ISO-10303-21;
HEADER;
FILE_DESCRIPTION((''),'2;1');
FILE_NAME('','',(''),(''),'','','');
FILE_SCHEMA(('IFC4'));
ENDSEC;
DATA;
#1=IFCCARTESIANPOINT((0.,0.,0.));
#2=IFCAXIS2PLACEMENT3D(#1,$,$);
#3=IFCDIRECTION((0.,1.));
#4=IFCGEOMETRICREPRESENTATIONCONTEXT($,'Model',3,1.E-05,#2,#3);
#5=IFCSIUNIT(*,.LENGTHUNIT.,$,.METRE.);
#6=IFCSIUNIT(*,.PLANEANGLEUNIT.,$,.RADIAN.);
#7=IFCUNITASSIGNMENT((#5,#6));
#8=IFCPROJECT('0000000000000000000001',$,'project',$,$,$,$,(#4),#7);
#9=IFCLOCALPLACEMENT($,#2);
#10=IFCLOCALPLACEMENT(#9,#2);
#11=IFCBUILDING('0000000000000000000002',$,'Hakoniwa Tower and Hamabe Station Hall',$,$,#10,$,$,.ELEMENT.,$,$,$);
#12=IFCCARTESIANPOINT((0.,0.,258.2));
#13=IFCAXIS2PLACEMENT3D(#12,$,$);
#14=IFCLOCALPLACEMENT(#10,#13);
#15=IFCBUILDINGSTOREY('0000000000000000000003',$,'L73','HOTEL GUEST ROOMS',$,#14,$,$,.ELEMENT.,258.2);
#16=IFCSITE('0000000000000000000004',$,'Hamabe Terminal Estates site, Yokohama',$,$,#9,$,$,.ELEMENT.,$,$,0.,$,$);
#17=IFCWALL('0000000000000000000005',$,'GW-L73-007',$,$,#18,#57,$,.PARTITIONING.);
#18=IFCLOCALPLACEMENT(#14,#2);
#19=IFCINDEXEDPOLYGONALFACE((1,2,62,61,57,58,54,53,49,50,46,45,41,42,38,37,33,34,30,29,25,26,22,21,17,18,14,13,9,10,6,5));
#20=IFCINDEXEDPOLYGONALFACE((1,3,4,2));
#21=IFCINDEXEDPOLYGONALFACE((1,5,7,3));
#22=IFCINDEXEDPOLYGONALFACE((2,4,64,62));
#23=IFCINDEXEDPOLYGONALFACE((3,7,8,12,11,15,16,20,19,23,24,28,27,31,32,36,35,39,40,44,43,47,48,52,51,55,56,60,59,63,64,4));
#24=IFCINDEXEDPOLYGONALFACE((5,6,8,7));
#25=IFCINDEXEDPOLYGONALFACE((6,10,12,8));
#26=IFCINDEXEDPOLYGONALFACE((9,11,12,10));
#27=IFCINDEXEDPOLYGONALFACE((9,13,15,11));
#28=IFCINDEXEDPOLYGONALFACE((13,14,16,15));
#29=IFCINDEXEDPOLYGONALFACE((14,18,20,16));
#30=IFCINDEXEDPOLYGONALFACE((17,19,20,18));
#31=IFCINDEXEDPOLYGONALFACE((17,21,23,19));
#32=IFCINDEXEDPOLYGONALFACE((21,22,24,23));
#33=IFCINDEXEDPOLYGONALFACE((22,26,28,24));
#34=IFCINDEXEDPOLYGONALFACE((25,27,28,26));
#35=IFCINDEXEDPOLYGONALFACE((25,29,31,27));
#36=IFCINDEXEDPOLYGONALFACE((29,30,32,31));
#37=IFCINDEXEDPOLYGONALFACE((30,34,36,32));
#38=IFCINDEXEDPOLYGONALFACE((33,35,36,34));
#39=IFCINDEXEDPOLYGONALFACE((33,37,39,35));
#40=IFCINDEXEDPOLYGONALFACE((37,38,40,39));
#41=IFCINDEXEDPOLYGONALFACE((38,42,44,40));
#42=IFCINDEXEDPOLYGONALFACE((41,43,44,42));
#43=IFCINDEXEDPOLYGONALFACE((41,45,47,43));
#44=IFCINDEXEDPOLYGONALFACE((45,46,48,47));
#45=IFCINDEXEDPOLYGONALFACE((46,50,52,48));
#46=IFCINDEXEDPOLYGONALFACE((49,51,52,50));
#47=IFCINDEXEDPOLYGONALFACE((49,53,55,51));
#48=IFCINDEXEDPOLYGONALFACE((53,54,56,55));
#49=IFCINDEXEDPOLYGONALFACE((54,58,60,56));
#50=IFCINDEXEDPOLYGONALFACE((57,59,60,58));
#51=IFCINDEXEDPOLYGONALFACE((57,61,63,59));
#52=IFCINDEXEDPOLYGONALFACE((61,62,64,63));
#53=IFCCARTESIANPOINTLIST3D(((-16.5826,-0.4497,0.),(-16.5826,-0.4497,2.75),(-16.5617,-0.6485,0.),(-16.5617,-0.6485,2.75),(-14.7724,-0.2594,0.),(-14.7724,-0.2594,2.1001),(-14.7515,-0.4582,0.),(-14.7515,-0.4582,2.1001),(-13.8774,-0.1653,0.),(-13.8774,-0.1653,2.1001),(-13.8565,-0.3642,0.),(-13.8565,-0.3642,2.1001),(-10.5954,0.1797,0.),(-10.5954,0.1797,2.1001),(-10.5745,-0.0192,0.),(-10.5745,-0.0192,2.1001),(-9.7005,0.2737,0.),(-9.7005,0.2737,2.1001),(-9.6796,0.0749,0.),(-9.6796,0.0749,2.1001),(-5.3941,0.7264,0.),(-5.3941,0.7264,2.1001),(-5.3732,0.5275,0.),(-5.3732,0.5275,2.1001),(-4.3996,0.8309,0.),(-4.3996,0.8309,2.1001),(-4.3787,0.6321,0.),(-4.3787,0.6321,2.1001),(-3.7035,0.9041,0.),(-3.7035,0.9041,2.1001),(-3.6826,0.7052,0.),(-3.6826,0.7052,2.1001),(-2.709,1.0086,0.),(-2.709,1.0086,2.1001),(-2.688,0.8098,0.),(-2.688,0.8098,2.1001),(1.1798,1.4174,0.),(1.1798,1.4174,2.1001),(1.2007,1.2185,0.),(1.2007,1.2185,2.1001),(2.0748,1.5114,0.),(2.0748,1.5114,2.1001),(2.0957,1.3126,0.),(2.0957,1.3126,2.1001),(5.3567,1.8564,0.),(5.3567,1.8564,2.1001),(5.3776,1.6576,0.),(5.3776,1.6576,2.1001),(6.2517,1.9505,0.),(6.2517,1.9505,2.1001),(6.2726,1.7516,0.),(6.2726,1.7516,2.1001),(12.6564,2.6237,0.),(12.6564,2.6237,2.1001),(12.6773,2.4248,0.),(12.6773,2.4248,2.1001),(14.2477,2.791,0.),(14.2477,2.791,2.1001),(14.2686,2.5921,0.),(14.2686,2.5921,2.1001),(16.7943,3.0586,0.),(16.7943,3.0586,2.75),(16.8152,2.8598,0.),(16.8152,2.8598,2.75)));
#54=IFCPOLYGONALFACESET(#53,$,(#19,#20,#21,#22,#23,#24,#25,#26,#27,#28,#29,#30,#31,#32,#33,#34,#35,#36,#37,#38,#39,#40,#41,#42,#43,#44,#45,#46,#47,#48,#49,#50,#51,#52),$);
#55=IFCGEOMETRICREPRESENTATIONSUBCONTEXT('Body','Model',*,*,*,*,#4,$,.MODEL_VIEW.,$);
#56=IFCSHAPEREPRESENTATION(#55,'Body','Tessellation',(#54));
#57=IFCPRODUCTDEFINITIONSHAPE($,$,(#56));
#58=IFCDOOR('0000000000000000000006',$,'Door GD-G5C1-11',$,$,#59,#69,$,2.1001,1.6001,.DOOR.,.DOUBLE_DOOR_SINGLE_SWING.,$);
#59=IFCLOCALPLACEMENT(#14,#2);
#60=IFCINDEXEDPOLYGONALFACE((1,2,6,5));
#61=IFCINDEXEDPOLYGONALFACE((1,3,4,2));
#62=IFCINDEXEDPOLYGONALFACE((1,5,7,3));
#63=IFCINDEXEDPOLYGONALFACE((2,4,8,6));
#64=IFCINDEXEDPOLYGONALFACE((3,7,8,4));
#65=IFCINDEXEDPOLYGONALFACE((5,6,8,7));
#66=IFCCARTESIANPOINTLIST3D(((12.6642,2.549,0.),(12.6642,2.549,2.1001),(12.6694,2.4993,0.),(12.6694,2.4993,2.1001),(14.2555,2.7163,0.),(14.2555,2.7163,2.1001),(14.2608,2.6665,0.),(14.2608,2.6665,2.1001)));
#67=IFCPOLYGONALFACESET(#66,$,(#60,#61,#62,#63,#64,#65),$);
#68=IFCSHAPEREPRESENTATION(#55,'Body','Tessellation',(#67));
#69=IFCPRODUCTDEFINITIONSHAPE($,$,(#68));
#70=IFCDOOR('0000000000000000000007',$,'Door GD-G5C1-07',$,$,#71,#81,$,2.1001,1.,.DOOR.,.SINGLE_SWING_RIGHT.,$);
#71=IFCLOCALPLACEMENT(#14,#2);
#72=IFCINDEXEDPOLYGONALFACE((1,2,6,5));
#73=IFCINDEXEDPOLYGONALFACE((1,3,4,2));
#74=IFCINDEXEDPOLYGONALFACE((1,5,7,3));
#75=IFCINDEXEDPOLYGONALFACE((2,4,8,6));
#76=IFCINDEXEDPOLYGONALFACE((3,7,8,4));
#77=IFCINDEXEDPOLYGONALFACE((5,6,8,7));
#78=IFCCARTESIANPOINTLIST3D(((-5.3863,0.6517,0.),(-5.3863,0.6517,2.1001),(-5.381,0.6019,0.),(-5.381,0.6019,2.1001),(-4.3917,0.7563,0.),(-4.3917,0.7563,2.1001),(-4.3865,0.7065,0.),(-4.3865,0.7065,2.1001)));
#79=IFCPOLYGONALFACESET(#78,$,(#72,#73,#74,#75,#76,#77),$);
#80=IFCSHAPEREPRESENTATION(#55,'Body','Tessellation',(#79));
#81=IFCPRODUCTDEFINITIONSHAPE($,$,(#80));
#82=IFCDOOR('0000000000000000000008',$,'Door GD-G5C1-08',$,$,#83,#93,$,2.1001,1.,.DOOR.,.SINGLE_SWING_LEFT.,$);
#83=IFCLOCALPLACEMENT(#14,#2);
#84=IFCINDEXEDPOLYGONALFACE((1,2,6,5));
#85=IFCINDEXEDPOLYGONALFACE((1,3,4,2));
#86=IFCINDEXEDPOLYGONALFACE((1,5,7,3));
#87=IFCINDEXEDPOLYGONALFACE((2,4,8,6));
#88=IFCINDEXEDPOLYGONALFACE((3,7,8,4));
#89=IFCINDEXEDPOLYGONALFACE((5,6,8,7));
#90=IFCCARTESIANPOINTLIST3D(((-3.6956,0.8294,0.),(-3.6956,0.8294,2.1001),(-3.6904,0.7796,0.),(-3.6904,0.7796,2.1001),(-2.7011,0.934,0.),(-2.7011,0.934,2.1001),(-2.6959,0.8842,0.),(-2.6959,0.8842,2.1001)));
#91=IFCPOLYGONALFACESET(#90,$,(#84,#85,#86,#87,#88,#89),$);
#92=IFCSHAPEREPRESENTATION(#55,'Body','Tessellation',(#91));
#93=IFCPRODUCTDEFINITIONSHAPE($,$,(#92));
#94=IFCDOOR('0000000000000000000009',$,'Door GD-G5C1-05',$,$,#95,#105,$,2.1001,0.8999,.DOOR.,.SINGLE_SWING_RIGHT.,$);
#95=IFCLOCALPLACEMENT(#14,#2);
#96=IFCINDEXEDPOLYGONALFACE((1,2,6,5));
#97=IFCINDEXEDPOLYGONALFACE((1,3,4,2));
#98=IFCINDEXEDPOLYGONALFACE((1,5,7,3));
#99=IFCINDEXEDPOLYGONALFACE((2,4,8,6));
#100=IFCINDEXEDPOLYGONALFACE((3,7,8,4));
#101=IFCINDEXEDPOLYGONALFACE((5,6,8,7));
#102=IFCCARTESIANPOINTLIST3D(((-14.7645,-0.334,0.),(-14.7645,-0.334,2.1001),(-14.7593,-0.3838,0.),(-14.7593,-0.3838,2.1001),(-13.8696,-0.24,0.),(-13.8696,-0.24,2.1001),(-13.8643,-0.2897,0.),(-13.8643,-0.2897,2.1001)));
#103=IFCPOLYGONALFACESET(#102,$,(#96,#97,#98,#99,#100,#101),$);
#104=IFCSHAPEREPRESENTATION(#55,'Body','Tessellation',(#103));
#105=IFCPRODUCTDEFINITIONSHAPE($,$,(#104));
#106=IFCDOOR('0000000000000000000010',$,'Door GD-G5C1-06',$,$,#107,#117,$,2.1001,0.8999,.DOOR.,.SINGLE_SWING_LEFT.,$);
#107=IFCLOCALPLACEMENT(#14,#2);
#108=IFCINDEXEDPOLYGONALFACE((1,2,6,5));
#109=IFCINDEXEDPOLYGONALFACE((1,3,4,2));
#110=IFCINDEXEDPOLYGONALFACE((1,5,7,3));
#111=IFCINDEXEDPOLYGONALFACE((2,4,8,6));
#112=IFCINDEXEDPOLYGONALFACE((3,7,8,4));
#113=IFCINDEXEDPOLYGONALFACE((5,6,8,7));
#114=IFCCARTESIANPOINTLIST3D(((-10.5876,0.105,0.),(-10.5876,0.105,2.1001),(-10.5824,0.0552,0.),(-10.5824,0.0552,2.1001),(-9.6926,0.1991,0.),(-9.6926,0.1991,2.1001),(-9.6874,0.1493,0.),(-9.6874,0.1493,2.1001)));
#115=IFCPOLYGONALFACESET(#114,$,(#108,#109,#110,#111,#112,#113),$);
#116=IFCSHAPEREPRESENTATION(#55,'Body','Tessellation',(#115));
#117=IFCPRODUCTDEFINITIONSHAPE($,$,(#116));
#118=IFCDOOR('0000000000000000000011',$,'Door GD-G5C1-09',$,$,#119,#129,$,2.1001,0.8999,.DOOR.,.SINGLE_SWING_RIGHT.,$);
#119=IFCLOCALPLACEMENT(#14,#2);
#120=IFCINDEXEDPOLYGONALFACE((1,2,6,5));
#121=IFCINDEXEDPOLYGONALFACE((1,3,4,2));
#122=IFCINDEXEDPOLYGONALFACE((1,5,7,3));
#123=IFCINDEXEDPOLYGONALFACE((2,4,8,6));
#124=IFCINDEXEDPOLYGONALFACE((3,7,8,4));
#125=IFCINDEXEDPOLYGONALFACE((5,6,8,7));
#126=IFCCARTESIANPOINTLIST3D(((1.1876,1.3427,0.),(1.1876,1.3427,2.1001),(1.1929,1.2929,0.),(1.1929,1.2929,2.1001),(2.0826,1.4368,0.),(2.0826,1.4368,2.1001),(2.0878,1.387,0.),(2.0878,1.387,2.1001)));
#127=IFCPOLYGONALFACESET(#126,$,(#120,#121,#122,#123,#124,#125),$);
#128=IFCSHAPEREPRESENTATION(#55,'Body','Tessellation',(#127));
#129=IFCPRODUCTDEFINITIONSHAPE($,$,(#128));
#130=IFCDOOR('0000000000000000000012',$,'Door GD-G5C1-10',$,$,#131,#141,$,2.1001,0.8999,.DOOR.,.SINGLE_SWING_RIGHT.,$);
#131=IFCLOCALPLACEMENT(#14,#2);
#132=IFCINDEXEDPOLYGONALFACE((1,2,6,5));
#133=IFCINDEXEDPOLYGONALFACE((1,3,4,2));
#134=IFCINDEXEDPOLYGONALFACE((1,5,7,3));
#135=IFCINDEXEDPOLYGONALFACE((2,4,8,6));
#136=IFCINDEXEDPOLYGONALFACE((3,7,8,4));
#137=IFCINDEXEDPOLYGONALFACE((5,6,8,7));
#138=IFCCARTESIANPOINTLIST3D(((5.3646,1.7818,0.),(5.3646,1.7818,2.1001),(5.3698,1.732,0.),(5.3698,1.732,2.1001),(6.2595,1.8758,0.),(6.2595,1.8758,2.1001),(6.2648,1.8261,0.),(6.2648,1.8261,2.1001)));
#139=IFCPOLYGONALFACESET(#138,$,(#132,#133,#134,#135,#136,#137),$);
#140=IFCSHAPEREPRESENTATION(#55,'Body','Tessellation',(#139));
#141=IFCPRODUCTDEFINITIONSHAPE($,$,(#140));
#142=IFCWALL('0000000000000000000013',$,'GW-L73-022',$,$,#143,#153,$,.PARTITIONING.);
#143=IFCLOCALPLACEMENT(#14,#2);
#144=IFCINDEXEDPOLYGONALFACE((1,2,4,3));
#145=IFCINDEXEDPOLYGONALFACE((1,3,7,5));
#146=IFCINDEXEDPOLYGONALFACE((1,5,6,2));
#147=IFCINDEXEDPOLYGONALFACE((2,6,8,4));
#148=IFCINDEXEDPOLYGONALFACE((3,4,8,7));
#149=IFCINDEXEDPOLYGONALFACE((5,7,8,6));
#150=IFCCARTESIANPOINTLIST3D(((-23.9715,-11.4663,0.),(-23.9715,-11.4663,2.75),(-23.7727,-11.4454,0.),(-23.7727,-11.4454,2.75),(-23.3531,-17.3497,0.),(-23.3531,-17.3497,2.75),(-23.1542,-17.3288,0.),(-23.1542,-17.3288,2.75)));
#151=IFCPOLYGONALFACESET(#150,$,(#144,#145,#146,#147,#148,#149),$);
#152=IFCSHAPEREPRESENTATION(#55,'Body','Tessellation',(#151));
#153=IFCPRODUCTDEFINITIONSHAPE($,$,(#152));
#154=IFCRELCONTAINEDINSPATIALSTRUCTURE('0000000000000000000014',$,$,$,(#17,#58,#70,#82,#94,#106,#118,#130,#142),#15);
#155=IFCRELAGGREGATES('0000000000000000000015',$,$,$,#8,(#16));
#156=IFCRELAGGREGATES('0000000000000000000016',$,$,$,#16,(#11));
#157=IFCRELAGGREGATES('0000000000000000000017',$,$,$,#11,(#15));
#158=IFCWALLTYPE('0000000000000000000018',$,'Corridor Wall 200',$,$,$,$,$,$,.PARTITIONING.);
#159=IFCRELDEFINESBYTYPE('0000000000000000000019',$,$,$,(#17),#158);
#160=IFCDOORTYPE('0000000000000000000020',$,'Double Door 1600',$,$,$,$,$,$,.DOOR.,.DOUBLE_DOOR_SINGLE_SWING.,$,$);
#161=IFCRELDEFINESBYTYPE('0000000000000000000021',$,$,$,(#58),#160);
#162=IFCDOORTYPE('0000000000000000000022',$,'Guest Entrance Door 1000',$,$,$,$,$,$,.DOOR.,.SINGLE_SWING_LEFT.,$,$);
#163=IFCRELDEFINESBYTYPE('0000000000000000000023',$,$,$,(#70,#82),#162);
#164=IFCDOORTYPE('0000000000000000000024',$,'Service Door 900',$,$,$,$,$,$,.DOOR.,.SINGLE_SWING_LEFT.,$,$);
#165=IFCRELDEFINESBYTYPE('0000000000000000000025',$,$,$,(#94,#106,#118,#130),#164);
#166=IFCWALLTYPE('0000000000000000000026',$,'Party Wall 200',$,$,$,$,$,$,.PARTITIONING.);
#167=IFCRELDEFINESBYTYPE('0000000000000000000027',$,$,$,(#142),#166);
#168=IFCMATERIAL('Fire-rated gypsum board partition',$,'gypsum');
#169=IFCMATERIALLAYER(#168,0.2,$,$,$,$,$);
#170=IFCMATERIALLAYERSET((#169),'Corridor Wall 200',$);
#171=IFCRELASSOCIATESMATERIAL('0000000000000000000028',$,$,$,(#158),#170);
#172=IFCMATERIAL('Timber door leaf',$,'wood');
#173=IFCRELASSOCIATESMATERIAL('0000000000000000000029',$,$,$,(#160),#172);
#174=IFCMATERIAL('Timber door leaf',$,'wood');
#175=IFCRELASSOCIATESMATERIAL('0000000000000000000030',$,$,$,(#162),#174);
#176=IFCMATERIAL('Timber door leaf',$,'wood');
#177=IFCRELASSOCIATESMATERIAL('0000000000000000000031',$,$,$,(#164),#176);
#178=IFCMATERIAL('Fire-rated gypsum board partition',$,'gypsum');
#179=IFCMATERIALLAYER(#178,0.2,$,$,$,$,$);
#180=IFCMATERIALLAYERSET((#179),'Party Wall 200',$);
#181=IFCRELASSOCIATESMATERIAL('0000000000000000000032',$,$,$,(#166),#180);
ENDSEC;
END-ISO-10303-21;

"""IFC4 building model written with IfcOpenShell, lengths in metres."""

from ifc_helpers import new_model, si_unit, direction, frame, frame_2d, origin, place, context, subcontext, project, spatial, rectangle, extrude, material, layer, layer_set, type_object, element, fill, save


model = new_model("IFC4")

# Units and contexts
model_context = context("Model", 3, precision=1e-05, world=origin(), true_north=direction((0.0, 1.0)))
body_context = subcontext(model_context, "Body", "Model", "MODEL_VIEW")
ifc_project = project(units=[si_unit("LENGTHUNIT", "METRE"), si_unit("PLANEANGLEUNIT", "RADIAN")], contexts=[model_context])

# Site, building, storey
site_placement = place(None, origin())
site = spatial("IfcSite", under=ifc_project, at=site_placement, Name="Hamabe Terminal Estates site, Yokohama", CompositionType="ELEMENT", RefElevation=0.0)
building_placement = place(site_placement, origin())
building = spatial("IfcBuilding", under=site, at=building_placement, Name="Hakoniwa Tower and Hamabe Station Hall", CompositionType="ELEMENT")
storey_placement = place(building_placement, frame((0.0, 0.0, 258.2)))
storey = spatial("IfcBuildingStorey", under=building, at=storey_placement, Name="L73", Description="HOTEL GUEST ROOMS", CompositionType="ELEMENT", Elevation=258.2)

# Wall, openings, doors
ifc_material_1 = material(Name="Fire-rated gypsum board partition", Category="gypsum")
ifc_layer_1 = layer(ifc_material_1, 0.2)
ifc_layer_set_1 = layer_set([ifc_layer_1], Name="Corridor Wall 200")
wall_type_1 = type_object("IfcWallType", Name="Corridor Wall 200", PredefinedType="PARTITIONING", material=ifc_layer_set_1)
wall_1_placement = place(storey_placement, frame((-16.572, -0.5491, 0.0), z_axis=(0.0, 0.0, 1.0), x_axis=(0.994521, 0.104536, 0.0)))
wall_1 = element("IfcWall", 1, at=wall_1_placement, inside=storey, type_object=wall_type_1, Name="GW-L73-007", PredefinedType="PARTITIONING", context=body_context, shape_type="SweptSolid", body=[
    extrude(rectangle(XDim=33.5608, YDim=0.2, at=frame_2d((16.7803, 0.0))), origin(), (0.0, 0.0, 1.0), 2.75),
])
opening_1_placement = place(wall_1_placement, frame((1.8201, 0.0, 0.0)))
opening_1 = element("IfcOpeningElement", 2, at=opening_1_placement, cuts=wall_1, PredefinedType="OPENING", context=body_context, shape_type="SweptSolid", body=[
    extrude(rectangle(XDim=0.8999, YDim=2.1001, at=frame_2d((0.45, 1.05))), frame((0.0, 0.1099, 0.0), z_axis=(0.0, -1.0, 0.0), x_axis=(1.0, 0.0, 0.0)), (0.0, 0.0, 1.0), 0.22),
])
opening_2_placement = place(wall_1_placement, frame((6.02, 0.0, 0.0)))
opening_2 = element("IfcOpeningElement", 3, at=opening_2_placement, cuts=wall_1, PredefinedType="OPENING", context=body_context, shape_type="SweptSolid", body=[
    extrude(rectangle(XDim=0.8999, YDim=2.1001, at=frame_2d((0.45, 1.05))), frame((0.0, 0.1099, 0.0), z_axis=(0.0, -1.0, 0.0), x_axis=(1.0, 0.0, 0.0)), (0.0, 0.0, 1.0), 0.22),
])
opening_3_placement = place(wall_1_placement, frame((11.25, 0.0, 0.0)))
opening_3 = element("IfcOpeningElement", 4, at=opening_3_placement, cuts=wall_1, PredefinedType="OPENING", context=body_context, shape_type="SweptSolid", body=[
    extrude(rectangle(XDim=1.0, YDim=2.1001, at=frame_2d((0.5, 1.05))), frame((0.0, 0.1099, 0.0), z_axis=(0.0, -1.0, 0.0), x_axis=(1.0, 0.0, 0.0)), (0.0, 0.0, 1.0), 0.22),
])
opening_4_placement = place(wall_1_placement, frame((12.95, 0.0, 0.0)))
opening_4 = element("IfcOpeningElement", 5, at=opening_4_placement, cuts=wall_1, PredefinedType="OPENING", context=body_context, shape_type="SweptSolid", body=[
    extrude(rectangle(XDim=1.0, YDim=2.1001, at=frame_2d((0.5, 1.05))), frame((0.0, 0.1099, 0.0), z_axis=(0.0, -1.0, 0.0), x_axis=(1.0, 0.0, 0.0)), (0.0, 0.0, 1.0), 0.22),
])
opening_5_placement = place(wall_1_placement, frame((17.8601, 0.0, 0.0)))
opening_5 = element("IfcOpeningElement", 6, at=opening_5_placement, cuts=wall_1, PredefinedType="OPENING", context=body_context, shape_type="SweptSolid", body=[
    extrude(rectangle(XDim=0.8999, YDim=2.1001, at=frame_2d((0.45, 1.05))), frame((0.0, 0.1099, 0.0), z_axis=(0.0, -1.0, 0.0), x_axis=(1.0, 0.0, 0.0)), (0.0, 0.0, 1.0), 0.22),
])
opening_6_placement = place(wall_1_placement, frame((22.0601, 0.0, 0.0)))
opening_6 = element("IfcOpeningElement", 7, at=opening_6_placement, cuts=wall_1, PredefinedType="OPENING", context=body_context, shape_type="SweptSolid", body=[
    extrude(rectangle(XDim=0.8999, YDim=2.1001, at=frame_2d((0.45, 1.05))), frame((0.0, 0.1099, 0.0), z_axis=(0.0, -1.0, 0.0), x_axis=(1.0, 0.0, 0.0)), (0.0, 0.0, 1.0), 0.22),
])
opening_7_placement = place(wall_1_placement, frame((29.3999, 0.0, 0.0)))
opening_7 = element("IfcOpeningElement", 8, at=opening_7_placement, cuts=wall_1, PredefinedType="OPENING", context=body_context, shape_type="SweptSolid", body=[
    extrude(rectangle(XDim=1.6001, YDim=2.1001, at=frame_2d((0.8, 1.05))), frame((0.0, 0.1099, 0.0), z_axis=(0.0, -1.0, 0.0), x_axis=(1.0, 0.0, 0.0)), (0.0, 0.0, 1.0), 0.22),
])
ifc_material_2 = material(Name="Timber door leaf", Category="wood")
door_type_1 = type_object("IfcDoorType", Name="Double Door 1600", OperationType="DOUBLE_DOOR_SINGLE_SWING", PredefinedType="DOOR", material=ifc_material_2)
door_1_placement = place(opening_7_placement, origin())
door_1 = element("IfcDoor", 9, at=door_1_placement, inside=storey, type_object=door_type_1, Name="Door GD-G5C1-11", OperationType="DOUBLE_DOOR_SINGLE_SWING", OverallHeight=2.1001, OverallWidth=1.6001, PredefinedType="DOOR", context=body_context, shape_type="SweptSolid", body=[
    extrude(rectangle(XDim=1.6001, YDim=2.1001, at=frame_2d((0.8, 1.05))), frame((0.0, 0.0249, 0.0), z_axis=(0.0, -1.0, 0.0), x_axis=(1.0, 0.0, 0.0)), (0.0, 0.0, 1.0), 0.05),
])
fill(opening_7, door_1)
ifc_material_3 = material(Name="Timber door leaf", Category="wood")
door_type_2 = type_object("IfcDoorType", Name="Guest Entrance Door 1000", OperationType="SINGLE_SWING_LEFT", PredefinedType="DOOR", material=ifc_material_3)
door_2_placement = place(opening_3_placement, origin())
door_2 = element("IfcDoor", 10, at=door_2_placement, inside=storey, type_object=door_type_2, Name="Door GD-G5C1-07", OperationType="SINGLE_SWING_RIGHT", OverallHeight=2.1001, OverallWidth=1.0, PredefinedType="DOOR", context=body_context, shape_type="SweptSolid", body=[
    extrude(rectangle(XDim=1.0, YDim=2.1001, at=frame_2d((0.5, 1.05))), frame((0.0, 0.0249, 0.0), z_axis=(0.0, -1.0, 0.0), x_axis=(1.0, 0.0, 0.0)), (0.0, 0.0, 1.0), 0.05),
])
fill(opening_3, door_2)
door_3_placement = place(opening_4_placement, origin())
door_3 = element("IfcDoor", 11, at=door_3_placement, inside=storey, type_object=door_type_2, Name="Door GD-G5C1-08", OperationType="SINGLE_SWING_LEFT", OverallHeight=2.1001, OverallWidth=1.0, PredefinedType="DOOR", context=body_context, shape_type="SweptSolid", body=[
    extrude(rectangle(XDim=1.0, YDim=2.1001, at=frame_2d((0.5, 1.05))), frame((0.0, 0.0249, 0.0), z_axis=(0.0, -1.0, 0.0), x_axis=(1.0, 0.0, 0.0)), (0.0, 0.0, 1.0), 0.05),
])
fill(opening_4, door_3)
ifc_material_4 = material(Name="Timber door leaf", Category="wood")
door_type_3 = type_object("IfcDoorType", Name="Service Door 900", OperationType="SINGLE_SWING_LEFT", PredefinedType="DOOR", material=ifc_material_4)
door_4_placement = place(opening_1_placement, origin())
door_4 = element("IfcDoor", 12, at=door_4_placement, inside=storey, type_object=door_type_3, Name="Door GD-G5C1-05", OperationType="SINGLE_SWING_RIGHT", OverallHeight=2.1001, OverallWidth=0.8999, PredefinedType="DOOR", context=body_context, shape_type="SweptSolid", body=[
    extrude(rectangle(XDim=0.8999, YDim=2.1001, at=frame_2d((0.45, 1.05))), frame((0.0, 0.0249, 0.0), z_axis=(0.0, -1.0, 0.0), x_axis=(1.0, 0.0, 0.0)), (0.0, 0.0, 1.0), 0.05),
])
fill(opening_1, door_4)
door_5_placement = place(opening_2_placement, origin())
door_5 = element("IfcDoor", 13, at=door_5_placement, inside=storey, type_object=door_type_3, Name="Door GD-G5C1-06", OperationType="SINGLE_SWING_LEFT", OverallHeight=2.1001, OverallWidth=0.8999, PredefinedType="DOOR", context=body_context, shape_type="SweptSolid", body=[
    extrude(rectangle(XDim=0.8999, YDim=2.1001, at=frame_2d((0.45, 1.05))), frame((0.0, 0.0249, 0.0), z_axis=(0.0, -1.0, 0.0), x_axis=(1.0, 0.0, 0.0)), (0.0, 0.0, 1.0), 0.05),
])
fill(opening_2, door_5)
door_6_placement = place(opening_5_placement, origin())
door_6 = element("IfcDoor", 14, at=door_6_placement, inside=storey, type_object=door_type_3, Name="Door GD-G5C1-09", OperationType="SINGLE_SWING_RIGHT", OverallHeight=2.1001, OverallWidth=0.8999, PredefinedType="DOOR", context=body_context, shape_type="SweptSolid", body=[
    extrude(rectangle(XDim=0.8999, YDim=2.1001, at=frame_2d((0.45, 1.05))), frame((0.0, 0.0249, 0.0), z_axis=(0.0, -1.0, 0.0), x_axis=(1.0, 0.0, 0.0)), (0.0, 0.0, 1.0), 0.05),
])
fill(opening_5, door_6)
door_7_placement = place(opening_6_placement, origin())
door_7 = element("IfcDoor", 15, at=door_7_placement, inside=storey, type_object=door_type_3, Name="Door GD-G5C1-10", OperationType="SINGLE_SWING_RIGHT", OverallHeight=2.1001, OverallWidth=0.8999, PredefinedType="DOOR", context=body_context, shape_type="SweptSolid", body=[
    extrude(rectangle(XDim=0.8999, YDim=2.1001, at=frame_2d((0.45, 1.05))), frame((0.0, 0.0249, 0.0), z_axis=(0.0, -1.0, 0.0), x_axis=(1.0, 0.0, 0.0)), (0.0, 0.0, 1.0), 0.05),
])
fill(opening_6, door_7)

# Wall
ifc_material_5 = material(Name="Fire-rated gypsum board partition", Category="gypsum")
ifc_layer_2 = layer(ifc_material_5, 0.2)
ifc_layer_set_2 = layer_set([ifc_layer_2], Name="Party Wall 200")
wall_type_2 = type_object("IfcWallType", Name="Party Wall 200", PredefinedType="PARTITIONING", material=ifc_layer_set_2)
wall_2_placement = place(storey_placement, frame((-23.2537, -17.3394, 0.0), z_axis=(0.0, 0.0, 1.0), x_axis=(-0.104537, 0.994521, 0.0)))
element("IfcWall", 16, at=wall_2_placement, inside=storey, type_object=wall_type_2, Name="GW-L73-022", PredefinedType="PARTITIONING", context=body_context, shape_type="SweptSolid", body=[
    extrude(rectangle(XDim=5.9158, YDim=0.2, at=frame_2d((2.958, 0.0))), origin(), (0.0, 0.0, 1.0), 2.75),
])

save(model, "model.ifc")
